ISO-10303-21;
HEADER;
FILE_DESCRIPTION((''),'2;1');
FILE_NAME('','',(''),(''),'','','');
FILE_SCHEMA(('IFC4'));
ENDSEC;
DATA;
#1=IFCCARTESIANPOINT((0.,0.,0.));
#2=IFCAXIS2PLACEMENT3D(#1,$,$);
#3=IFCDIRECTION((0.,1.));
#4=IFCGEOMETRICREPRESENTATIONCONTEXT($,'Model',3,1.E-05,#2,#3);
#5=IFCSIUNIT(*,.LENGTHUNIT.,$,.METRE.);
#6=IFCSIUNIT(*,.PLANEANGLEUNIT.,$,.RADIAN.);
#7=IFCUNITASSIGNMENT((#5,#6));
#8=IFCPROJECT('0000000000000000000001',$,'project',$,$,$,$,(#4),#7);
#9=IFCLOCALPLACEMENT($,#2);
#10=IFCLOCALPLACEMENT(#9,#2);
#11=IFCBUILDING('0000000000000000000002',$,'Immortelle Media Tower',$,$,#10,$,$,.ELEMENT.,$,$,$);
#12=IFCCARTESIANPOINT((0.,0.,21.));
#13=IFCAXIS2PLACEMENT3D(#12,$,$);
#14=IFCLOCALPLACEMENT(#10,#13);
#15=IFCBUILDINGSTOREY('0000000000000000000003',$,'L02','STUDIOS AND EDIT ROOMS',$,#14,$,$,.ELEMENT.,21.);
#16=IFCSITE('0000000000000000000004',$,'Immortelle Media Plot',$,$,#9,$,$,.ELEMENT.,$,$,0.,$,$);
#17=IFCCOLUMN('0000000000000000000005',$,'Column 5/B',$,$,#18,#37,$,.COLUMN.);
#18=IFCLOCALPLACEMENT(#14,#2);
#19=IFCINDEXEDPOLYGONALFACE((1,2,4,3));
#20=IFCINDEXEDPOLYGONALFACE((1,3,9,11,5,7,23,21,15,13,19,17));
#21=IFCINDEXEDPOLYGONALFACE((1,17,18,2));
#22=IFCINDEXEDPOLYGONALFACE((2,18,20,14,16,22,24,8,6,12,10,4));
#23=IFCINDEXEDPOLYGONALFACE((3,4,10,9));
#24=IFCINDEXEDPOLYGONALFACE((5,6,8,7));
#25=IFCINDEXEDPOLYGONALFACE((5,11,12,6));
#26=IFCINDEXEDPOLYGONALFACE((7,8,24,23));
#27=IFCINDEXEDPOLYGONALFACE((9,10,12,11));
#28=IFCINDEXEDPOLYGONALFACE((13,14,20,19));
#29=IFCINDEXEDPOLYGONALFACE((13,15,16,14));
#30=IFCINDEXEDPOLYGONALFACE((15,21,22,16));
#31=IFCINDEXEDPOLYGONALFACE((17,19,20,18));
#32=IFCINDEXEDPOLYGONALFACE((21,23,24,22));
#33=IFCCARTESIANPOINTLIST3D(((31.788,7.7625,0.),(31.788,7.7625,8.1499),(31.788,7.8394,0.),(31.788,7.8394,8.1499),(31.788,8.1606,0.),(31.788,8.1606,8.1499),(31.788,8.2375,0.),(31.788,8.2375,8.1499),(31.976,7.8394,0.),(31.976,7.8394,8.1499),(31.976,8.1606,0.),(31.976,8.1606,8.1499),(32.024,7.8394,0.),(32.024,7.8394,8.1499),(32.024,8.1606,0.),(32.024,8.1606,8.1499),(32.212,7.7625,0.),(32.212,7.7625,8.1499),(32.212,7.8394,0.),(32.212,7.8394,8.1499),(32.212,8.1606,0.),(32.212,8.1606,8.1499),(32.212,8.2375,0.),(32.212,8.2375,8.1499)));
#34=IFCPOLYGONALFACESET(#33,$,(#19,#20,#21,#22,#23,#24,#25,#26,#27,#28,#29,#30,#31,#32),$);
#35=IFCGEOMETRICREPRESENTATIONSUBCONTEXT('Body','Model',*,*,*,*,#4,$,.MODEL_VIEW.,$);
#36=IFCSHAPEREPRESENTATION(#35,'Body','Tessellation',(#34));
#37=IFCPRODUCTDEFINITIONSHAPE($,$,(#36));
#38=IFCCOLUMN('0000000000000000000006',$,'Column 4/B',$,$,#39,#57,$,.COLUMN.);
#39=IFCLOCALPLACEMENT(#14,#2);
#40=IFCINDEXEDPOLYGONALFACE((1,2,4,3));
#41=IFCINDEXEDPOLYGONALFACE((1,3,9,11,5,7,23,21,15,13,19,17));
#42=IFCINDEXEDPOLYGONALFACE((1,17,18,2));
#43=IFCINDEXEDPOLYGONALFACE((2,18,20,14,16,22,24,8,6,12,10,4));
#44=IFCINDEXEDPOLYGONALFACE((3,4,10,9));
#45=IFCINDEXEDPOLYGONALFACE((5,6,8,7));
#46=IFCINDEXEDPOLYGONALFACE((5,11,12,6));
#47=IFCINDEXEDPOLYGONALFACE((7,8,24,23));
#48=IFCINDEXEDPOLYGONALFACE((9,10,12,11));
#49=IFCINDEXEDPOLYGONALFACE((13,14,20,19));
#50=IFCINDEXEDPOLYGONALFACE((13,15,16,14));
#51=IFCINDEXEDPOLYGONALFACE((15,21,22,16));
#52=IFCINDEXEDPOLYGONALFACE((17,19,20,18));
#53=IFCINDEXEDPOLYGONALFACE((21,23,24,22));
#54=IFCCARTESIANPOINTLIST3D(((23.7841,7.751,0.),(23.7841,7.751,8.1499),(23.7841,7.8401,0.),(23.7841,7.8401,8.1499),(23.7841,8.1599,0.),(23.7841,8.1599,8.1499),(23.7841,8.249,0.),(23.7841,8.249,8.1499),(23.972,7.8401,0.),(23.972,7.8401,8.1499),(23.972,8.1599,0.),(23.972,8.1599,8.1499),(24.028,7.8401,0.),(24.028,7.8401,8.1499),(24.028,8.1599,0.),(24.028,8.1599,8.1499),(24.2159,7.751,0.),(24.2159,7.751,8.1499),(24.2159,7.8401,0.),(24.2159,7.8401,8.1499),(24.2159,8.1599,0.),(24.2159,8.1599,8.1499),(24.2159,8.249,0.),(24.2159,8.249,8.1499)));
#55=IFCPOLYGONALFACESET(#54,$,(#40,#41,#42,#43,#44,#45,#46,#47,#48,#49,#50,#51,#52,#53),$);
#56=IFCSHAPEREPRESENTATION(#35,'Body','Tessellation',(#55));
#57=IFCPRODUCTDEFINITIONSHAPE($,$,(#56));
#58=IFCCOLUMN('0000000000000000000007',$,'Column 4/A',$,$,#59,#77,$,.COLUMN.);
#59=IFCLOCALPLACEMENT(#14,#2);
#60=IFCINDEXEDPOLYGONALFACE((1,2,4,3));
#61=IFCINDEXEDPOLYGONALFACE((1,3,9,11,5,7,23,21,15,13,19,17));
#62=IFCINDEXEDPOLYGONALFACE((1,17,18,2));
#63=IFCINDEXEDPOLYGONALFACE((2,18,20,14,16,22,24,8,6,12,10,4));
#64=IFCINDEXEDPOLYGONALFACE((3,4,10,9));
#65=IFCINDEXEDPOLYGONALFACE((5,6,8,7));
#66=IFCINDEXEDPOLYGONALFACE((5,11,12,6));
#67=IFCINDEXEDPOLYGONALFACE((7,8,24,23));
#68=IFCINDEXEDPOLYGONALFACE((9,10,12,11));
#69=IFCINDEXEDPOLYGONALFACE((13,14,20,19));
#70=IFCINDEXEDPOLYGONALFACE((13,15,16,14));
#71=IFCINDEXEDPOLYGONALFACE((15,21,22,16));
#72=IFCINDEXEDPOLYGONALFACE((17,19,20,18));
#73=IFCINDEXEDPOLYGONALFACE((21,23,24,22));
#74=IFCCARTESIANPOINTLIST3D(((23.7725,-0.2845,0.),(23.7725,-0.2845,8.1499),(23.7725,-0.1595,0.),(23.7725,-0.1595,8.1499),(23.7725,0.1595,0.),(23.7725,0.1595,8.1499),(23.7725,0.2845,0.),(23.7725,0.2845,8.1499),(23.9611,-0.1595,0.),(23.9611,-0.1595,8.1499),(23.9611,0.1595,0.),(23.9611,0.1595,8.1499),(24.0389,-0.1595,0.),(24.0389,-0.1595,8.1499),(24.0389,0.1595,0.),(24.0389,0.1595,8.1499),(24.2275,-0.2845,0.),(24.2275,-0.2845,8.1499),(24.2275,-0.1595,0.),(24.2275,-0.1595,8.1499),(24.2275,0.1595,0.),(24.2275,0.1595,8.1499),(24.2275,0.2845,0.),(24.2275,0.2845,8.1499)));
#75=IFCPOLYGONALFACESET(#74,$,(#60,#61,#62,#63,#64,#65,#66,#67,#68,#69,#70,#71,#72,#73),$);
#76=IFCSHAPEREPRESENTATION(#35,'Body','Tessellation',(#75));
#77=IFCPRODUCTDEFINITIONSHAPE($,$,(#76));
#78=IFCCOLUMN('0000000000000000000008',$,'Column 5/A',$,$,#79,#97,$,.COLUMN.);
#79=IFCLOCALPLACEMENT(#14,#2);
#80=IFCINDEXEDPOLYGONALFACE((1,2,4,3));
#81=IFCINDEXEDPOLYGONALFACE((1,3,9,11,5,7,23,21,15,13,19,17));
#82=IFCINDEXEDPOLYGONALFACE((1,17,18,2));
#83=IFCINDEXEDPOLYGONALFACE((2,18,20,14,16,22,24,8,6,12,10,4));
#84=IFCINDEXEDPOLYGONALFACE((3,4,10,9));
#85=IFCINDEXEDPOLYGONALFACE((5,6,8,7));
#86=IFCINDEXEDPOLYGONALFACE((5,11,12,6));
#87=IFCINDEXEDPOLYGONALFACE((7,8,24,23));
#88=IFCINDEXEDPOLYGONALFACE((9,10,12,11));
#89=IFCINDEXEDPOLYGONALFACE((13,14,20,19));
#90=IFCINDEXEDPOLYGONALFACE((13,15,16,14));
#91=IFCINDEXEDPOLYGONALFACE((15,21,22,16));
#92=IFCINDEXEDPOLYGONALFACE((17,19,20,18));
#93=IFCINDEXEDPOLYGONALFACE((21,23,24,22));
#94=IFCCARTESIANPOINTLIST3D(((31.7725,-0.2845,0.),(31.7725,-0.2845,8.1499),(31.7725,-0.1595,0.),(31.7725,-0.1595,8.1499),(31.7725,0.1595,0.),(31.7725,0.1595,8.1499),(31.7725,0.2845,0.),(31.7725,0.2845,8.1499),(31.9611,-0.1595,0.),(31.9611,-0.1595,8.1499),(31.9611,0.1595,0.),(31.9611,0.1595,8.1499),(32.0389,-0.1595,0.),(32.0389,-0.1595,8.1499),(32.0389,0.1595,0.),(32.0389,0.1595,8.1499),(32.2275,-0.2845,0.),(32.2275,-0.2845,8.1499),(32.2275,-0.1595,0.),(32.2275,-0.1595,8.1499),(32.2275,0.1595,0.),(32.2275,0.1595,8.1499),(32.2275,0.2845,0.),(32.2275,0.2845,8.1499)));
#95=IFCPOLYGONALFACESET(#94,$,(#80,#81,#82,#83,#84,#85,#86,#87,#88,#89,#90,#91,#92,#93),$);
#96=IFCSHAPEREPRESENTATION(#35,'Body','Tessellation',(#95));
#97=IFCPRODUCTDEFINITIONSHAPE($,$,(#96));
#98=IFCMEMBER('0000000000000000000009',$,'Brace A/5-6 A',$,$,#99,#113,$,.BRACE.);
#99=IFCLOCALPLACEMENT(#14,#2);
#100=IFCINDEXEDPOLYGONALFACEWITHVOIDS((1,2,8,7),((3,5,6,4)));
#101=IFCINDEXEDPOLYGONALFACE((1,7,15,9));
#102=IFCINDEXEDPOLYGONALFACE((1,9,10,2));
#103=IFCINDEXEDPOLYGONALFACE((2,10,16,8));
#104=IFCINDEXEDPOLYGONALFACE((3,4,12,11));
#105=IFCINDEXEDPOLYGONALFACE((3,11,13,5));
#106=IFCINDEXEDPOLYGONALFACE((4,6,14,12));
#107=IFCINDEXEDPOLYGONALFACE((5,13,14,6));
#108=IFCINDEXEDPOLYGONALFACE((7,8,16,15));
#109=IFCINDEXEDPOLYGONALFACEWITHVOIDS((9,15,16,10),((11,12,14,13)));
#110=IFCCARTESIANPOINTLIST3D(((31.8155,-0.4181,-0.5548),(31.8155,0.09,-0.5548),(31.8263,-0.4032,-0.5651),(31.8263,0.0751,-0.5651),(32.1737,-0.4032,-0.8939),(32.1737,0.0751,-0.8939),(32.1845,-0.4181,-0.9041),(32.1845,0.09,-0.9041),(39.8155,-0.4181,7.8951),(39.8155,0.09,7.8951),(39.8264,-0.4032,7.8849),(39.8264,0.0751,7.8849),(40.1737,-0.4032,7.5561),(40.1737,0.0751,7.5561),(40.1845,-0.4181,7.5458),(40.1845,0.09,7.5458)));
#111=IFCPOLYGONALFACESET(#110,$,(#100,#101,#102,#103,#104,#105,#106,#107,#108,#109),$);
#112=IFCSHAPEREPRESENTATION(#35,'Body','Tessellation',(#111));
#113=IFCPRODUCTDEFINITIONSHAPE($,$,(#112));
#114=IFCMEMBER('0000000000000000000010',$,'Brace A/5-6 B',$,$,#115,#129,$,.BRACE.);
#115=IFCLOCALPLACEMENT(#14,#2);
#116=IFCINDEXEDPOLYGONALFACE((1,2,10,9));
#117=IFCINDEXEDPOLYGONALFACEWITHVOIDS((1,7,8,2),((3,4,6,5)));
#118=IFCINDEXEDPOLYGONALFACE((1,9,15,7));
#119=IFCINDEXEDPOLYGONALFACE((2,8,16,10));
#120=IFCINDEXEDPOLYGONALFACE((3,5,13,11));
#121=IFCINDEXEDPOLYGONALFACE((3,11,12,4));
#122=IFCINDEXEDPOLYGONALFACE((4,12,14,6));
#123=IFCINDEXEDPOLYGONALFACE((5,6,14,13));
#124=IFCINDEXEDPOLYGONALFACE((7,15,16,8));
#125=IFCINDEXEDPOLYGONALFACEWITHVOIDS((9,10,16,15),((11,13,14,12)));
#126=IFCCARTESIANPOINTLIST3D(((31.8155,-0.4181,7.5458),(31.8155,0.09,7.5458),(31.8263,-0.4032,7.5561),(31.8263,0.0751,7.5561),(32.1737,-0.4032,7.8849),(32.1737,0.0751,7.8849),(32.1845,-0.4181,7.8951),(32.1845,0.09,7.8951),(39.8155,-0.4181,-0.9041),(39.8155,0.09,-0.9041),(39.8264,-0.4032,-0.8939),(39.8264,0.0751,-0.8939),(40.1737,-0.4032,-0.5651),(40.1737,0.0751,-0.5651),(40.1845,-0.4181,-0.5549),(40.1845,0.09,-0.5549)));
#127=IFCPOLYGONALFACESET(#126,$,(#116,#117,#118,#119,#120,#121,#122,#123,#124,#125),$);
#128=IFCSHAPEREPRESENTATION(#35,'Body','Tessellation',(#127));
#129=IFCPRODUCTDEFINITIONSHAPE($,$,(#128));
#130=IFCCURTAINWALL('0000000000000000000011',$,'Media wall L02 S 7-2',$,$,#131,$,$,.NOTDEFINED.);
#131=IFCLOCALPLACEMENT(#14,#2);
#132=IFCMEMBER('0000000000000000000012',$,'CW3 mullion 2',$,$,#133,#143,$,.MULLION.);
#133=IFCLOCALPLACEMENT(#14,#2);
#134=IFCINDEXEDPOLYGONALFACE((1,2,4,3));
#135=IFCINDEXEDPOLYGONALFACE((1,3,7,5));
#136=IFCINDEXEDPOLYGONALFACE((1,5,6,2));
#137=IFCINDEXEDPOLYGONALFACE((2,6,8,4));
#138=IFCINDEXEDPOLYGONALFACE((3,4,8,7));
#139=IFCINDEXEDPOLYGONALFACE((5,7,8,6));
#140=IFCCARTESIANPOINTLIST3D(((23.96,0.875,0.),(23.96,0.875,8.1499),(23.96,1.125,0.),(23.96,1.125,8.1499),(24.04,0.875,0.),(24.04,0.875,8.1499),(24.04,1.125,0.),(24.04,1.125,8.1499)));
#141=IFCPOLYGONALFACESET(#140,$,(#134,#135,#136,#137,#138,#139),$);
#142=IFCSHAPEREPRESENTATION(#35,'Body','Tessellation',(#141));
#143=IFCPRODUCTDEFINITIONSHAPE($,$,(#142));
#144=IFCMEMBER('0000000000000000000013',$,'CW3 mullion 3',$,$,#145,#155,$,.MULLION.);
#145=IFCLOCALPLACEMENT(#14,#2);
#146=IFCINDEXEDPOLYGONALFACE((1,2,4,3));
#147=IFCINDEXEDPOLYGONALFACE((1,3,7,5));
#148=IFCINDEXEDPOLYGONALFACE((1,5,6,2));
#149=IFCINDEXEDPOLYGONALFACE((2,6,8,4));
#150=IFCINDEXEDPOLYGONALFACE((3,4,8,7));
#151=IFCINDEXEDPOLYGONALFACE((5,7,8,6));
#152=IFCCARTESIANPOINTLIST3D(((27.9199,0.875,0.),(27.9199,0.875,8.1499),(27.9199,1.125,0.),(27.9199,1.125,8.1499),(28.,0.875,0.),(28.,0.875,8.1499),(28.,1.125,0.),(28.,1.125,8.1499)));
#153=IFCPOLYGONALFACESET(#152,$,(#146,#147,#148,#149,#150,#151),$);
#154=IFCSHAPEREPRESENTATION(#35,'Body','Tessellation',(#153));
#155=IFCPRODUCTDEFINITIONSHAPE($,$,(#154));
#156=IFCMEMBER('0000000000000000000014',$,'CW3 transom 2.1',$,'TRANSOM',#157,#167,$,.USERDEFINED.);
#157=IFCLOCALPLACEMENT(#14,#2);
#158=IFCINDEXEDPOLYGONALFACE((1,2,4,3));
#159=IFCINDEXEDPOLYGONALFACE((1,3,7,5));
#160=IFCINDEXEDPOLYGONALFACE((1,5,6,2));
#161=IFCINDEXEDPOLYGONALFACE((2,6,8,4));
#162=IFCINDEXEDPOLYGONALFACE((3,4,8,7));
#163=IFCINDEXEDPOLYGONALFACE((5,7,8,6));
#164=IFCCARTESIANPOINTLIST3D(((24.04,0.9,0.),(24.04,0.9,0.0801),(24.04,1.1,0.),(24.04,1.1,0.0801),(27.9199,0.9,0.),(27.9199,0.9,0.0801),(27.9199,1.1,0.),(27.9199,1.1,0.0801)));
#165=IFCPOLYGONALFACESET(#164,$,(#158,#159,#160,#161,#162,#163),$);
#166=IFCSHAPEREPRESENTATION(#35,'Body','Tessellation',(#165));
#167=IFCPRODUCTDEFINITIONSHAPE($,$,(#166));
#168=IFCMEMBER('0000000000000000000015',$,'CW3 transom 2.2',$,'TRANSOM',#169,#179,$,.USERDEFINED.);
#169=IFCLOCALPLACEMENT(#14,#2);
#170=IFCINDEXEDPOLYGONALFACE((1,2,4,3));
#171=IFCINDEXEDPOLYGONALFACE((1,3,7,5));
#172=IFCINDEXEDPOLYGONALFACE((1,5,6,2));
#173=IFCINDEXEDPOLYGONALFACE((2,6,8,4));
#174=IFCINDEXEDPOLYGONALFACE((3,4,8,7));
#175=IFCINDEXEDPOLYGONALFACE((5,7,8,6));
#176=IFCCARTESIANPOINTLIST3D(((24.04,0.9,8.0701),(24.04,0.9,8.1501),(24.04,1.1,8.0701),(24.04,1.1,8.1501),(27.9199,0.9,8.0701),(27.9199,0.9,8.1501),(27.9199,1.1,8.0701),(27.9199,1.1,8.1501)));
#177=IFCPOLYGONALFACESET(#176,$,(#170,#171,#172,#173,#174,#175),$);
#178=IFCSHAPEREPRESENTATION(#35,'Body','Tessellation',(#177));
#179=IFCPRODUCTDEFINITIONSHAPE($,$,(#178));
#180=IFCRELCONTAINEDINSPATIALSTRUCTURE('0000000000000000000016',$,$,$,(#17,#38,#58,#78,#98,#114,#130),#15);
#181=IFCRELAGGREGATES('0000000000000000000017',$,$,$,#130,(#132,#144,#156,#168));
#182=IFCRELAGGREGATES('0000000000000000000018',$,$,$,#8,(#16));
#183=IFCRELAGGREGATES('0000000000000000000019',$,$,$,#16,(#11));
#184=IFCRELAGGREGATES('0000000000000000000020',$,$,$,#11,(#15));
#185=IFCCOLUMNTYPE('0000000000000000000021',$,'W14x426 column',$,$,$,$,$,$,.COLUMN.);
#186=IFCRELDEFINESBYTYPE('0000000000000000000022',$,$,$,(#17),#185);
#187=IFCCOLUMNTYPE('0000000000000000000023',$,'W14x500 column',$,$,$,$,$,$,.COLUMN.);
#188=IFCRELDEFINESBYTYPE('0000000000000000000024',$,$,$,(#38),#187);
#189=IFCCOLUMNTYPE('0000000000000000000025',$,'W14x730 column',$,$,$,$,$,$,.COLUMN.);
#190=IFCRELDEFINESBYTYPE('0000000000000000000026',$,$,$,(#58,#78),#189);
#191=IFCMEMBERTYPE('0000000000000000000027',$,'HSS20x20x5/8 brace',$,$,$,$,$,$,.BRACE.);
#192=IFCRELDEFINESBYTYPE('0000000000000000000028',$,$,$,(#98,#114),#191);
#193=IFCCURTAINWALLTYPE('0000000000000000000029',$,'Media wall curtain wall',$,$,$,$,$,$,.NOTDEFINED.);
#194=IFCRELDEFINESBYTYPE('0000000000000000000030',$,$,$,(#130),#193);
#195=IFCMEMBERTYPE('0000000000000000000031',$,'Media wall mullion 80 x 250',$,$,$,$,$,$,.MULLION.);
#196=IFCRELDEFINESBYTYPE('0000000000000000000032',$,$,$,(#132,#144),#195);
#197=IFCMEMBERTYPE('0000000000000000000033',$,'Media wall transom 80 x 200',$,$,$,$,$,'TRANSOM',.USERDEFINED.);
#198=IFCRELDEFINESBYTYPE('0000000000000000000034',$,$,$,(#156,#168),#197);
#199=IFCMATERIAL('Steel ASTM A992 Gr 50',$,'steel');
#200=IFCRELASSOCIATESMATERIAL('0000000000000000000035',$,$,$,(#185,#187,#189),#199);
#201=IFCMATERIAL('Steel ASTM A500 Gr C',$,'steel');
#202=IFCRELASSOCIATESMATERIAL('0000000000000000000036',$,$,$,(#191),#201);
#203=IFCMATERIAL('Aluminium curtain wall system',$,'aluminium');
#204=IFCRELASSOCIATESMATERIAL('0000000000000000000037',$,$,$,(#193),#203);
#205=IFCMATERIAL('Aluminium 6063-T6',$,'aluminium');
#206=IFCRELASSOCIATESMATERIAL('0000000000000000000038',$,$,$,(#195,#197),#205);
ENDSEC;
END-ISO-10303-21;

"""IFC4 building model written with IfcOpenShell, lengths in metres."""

from ifc_helpers import new_model, si_unit, direction, frame, origin, origin_2d, place, context, subcontext, project, spatial, rectangle, hollow_rectangle, i_section, extrude, material, material_profile, profile_set, type_object, element, aggregate, save


model = new_model("IFC4")

# Units and contexts
model_context = context("Model", 3, precision=1e-05, world=origin(), true_north=direction((0.0, 1.0)))
body_context = subcontext(model_context, "Body", "Model", "MODEL_VIEW")
ifc_project = project(units=[si_unit("LENGTHUNIT", "METRE"), si_unit("PLANEANGLEUNIT", "RADIAN")], contexts=[model_context])

# Site, building, storey
site_placement = place(None, origin())
site = spatial("IfcSite", under=ifc_project, at=site_placement, Name="Immortelle Media Plot", CompositionType="ELEMENT", RefElevation=0.0)
building_placement = place(site_placement, origin())
building = spatial("IfcBuilding", under=site, at=building_placement, Name="Immortelle Media Tower", CompositionType="ELEMENT")
storey_placement = place(building_placement, frame((0.0, 0.0, 21.0)))
storey = spatial("IfcBuildingStorey", under=building, at=storey_placement, Name="L02", Description="STUDIOS AND EDIT ROOMS", CompositionType="ELEMENT", Elevation=21.0)

# Columns
ifc_material_1 = material(Name="Steel ASTM A992 Gr 50", Category="steel")
ifc_material_profile_1 = material_profile(ifc_material_1, i_section(OverallWidth=0.4241, OverallDepth=0.4751, WebThickness=0.0481, FlangeThickness=0.0769, at=origin_2d()), Name="W14x426")
ifc_profile_set_1 = profile_set([ifc_material_profile_1], Name="Steel ASTM A992 Gr 50")
column_type_1 = type_object("IfcColumnType", Name="W14x426 column", PredefinedType="COLUMN", material=ifc_profile_set_1)
column_1_placement = place(storey_placement, frame((32.0, 8.0, 0.0), z_axis=(0.0, 0.0, 1.0), x_axis=(1.0, 0.0, 0.0)))
element("IfcColumn", 1, at=column_1_placement, inside=storey, type_object=column_type_1, Name="Column 5/B", PredefinedType="COLUMN", context=body_context, shape_type="SweptSolid", body=[
    extrude(i_section(OverallWidth=0.4241, OverallDepth=0.4751, WebThickness=0.0481, FlangeThickness=0.0769, at=origin_2d()), origin(), (0.0, 0.0, 1.0), 8.1499),
])
ifc_material_profile_2 = material_profile(ifc_material_1, i_section(OverallWidth=0.4319, OverallDepth=0.498, WebThickness=0.0559, FlangeThickness=0.0891, at=origin_2d()), Name="W14x500")
ifc_profile_set_2 = profile_set([ifc_material_profile_2], Name="Steel ASTM A992 Gr 50")
column_type_2 = type_object("IfcColumnType", Name="W14x500 column", PredefinedType="COLUMN", material=ifc_profile_set_2)
column_2_placement = place(storey_placement, frame((24.0, 8.0, 0.0), z_axis=(0.0, 0.0, 1.0), x_axis=(1.0, 0.0, 0.0)))
element("IfcColumn", 2, at=column_2_placement, inside=storey, type_object=column_type_2, Name="Column 4/B", PredefinedType="COLUMN", context=body_context, shape_type="SweptSolid", body=[
    extrude(i_section(OverallWidth=0.4319, OverallDepth=0.498, WebThickness=0.0559, FlangeThickness=0.0891, at=origin_2d()), origin(), (0.0, 0.0, 1.0), 8.1499),
])
ifc_material_profile_3 = material_profile(ifc_material_1, i_section(OverallWidth=0.4551, OverallDepth=0.5691, WebThickness=0.0779, FlangeThickness=0.125, at=origin_2d()), Name="W14x730")
ifc_profile_set_3 = profile_set([ifc_material_profile_3], Name="Steel ASTM A992 Gr 50")
column_type_3 = type_object("IfcColumnType", Name="W14x730 column", PredefinedType="COLUMN", material=ifc_profile_set_3)
for number, where, z_axis, x_axis, name in (
    (3, (24.0, 0.0, 0.0), (0.0, 0.0, 1.0), (1.0, 0.0, 0.0), "Column 4/A"),
    (4, (32.0, 0.0, 0.0), (0.0, 0.0, 1.0), (1.0, 0.0, 0.0), "Column 5/A"),
):
    element("IfcColumn", number, at=place(storey_placement, frame(where, z_axis=z_axis, x_axis=x_axis)), inside=storey, type_object=column_type_3, Name=name, PredefinedType="COLUMN", context=body_context, shape_type="SweptSolid", body=[
        extrude(i_section(OverallWidth=0.4551, OverallDepth=0.5691, WebThickness=0.0779, FlangeThickness=0.125, at=origin_2d()), origin(), (0.0, 0.0, 1.0), 8.1499),
    ])

# Members
ifc_material_2 = material(Name="Steel ASTM A500 Gr C", Category="steel")
ifc_material_profile_4 = material_profile(ifc_material_2, hollow_rectangle(XDim=0.5081, YDim=0.5081, WallThickness=0.0149, at=origin_2d()), Name="HSS20x20x5/8 brace")
ifc_profile_set_4 = profile_set([ifc_material_profile_4], Name="Steel ASTM A500 Gr C")
member_type_1 = type_object("IfcMemberType", Name="HSS20x20x5/8 brace", PredefinedType="BRACE", material=ifc_profile_set_4)
for number, where, z_axis, x_axis, name in (
    (5, (32.0, -0.1641, -0.7295), (0.687508, 0.0, 0.726176), (0.0, 1.0, 0.0), "Brace A/5-6 A"),
    (6, (32.0, -0.1641, 7.7205), (0.687508, 0.0, -0.726176), (0.0, 1.0, 0.0), "Brace A/5-6 B"),
):
    element("IfcMember", number, at=place(storey_placement, frame(where, z_axis=z_axis, x_axis=x_axis)), inside=storey, type_object=member_type_1, Name=name, PredefinedType="BRACE", context=body_context, shape_type="SweptSolid", body=[
        extrude(hollow_rectangle(XDim=0.5081, YDim=0.5081, WallThickness=0.0149, at=origin_2d()), origin(), (0.0, 0.0, 1.0), 11.6362),
    ])

# Curtain wall, members
ifc_material_3 = material(Name="Aluminium curtain wall system", Category="aluminium")
curtain_wall_type = type_object("IfcCurtainWallType", Name="Media wall curtain wall", PredefinedType="NOTDEFINED", material=ifc_material_3)
curtain_wall_placement = place(storey_placement, origin())
curtain_wall = element("IfcCurtainWall", 7, at=curtain_wall_placement, inside=storey, type_object=curtain_wall_type, Name="Media wall L02 S 7-2", PredefinedType="NOTDEFINED")
ifc_material_4 = material(Name="Aluminium 6063-T6", Category="aluminium")
ifc_material_profile_5 = material_profile(ifc_material_4, rectangle(XDim=0.25, YDim=0.0801, at=origin_2d()), Name="AL 80x250")
ifc_profile_set_5 = profile_set([ifc_material_profile_5], Name="Aluminium 6063-T6")
member_type_2 = type_object("IfcMemberType", Name="Media wall mullion 80 x 250", PredefinedType="MULLION", material=ifc_profile_set_5)
member_1_placement = place(storey_placement, frame((24.0, 1.0, 0.0), z_axis=(0.0, 0.0, 1.0), x_axis=(0.0, 1.0, 0.0)))
member_1 = element("IfcMember", 8, at=member_1_placement, type_object=member_type_2, Name="CW3 mullion 2", PredefinedType="MULLION", context=body_context, shape_type="SweptSolid", body=[
    extrude(rectangle(XDim=0.25, YDim=0.0801, at=origin_2d()), origin(), (0.0, 0.0, 1.0), 8.1499),
])
member_2_placement = place(storey_placement, frame((27.96, 1.0, 0.0), z_axis=(0.0, 0.0, 1.0), x_axis=(0.0, 1.0, 0.0)))
member_2 = element("IfcMember", 9, at=member_2_placement, type_object=member_type_2, Name="CW3 mullion 3", PredefinedType="MULLION", context=body_context, shape_type="SweptSolid", body=[
    extrude(rectangle(XDim=0.25, YDim=0.0801, at=origin_2d()), origin(), (0.0, 0.0, 1.0), 8.1499),
])
ifc_material_profile_6 = material_profile(ifc_material_4, rectangle(XDim=0.2, YDim=0.0801, at=origin_2d()), Name="AL 80x200")
ifc_profile_set_6 = profile_set([ifc_material_profile_6], Name="Aluminium 6063-T6")
member_type_3 = type_object("IfcMemberType", Name="Media wall transom 80 x 200", ElementType="TRANSOM", PredefinedType="USERDEFINED", material=ifc_profile_set_6)
member_3_placement = place(storey_placement, frame((24.04, 1.0, 0.04), z_axis=(1.0, 0.0, 0.0), x_axis=(0.0, 1.0, 0.0)))
member_3 = element("IfcMember", 10, at=member_3_placement, type_object=member_type_3, Name="CW3 transom 2.1", ObjectType="TRANSOM", PredefinedType="USERDEFINED", context=body_context, shape_type="SweptSolid", body=[
    extrude(rectangle(XDim=0.2, YDim=0.0801, at=origin_2d()), origin(), (0.0, 0.0, 1.0), 3.8799),
])
member_4_placement = place(storey_placement, frame((24.04, 1.0, 8.1101), z_axis=(1.0, 0.0, 0.0), x_axis=(0.0, 1.0, 0.0)))
member_4 = element("IfcMember", 11, at=member_4_placement, type_object=member_type_3, Name="CW3 transom 2.2", ObjectType="TRANSOM", PredefinedType="USERDEFINED", context=body_context, shape_type="SweptSolid", body=[
    extrude(rectangle(XDim=0.2, YDim=0.0801, at=origin_2d()), origin(), (0.0, 0.0, 1.0), 3.8799),
])

aggregate(curtain_wall, [member_1, member_2, member_3, member_4])

save(model, "model.ifc")
